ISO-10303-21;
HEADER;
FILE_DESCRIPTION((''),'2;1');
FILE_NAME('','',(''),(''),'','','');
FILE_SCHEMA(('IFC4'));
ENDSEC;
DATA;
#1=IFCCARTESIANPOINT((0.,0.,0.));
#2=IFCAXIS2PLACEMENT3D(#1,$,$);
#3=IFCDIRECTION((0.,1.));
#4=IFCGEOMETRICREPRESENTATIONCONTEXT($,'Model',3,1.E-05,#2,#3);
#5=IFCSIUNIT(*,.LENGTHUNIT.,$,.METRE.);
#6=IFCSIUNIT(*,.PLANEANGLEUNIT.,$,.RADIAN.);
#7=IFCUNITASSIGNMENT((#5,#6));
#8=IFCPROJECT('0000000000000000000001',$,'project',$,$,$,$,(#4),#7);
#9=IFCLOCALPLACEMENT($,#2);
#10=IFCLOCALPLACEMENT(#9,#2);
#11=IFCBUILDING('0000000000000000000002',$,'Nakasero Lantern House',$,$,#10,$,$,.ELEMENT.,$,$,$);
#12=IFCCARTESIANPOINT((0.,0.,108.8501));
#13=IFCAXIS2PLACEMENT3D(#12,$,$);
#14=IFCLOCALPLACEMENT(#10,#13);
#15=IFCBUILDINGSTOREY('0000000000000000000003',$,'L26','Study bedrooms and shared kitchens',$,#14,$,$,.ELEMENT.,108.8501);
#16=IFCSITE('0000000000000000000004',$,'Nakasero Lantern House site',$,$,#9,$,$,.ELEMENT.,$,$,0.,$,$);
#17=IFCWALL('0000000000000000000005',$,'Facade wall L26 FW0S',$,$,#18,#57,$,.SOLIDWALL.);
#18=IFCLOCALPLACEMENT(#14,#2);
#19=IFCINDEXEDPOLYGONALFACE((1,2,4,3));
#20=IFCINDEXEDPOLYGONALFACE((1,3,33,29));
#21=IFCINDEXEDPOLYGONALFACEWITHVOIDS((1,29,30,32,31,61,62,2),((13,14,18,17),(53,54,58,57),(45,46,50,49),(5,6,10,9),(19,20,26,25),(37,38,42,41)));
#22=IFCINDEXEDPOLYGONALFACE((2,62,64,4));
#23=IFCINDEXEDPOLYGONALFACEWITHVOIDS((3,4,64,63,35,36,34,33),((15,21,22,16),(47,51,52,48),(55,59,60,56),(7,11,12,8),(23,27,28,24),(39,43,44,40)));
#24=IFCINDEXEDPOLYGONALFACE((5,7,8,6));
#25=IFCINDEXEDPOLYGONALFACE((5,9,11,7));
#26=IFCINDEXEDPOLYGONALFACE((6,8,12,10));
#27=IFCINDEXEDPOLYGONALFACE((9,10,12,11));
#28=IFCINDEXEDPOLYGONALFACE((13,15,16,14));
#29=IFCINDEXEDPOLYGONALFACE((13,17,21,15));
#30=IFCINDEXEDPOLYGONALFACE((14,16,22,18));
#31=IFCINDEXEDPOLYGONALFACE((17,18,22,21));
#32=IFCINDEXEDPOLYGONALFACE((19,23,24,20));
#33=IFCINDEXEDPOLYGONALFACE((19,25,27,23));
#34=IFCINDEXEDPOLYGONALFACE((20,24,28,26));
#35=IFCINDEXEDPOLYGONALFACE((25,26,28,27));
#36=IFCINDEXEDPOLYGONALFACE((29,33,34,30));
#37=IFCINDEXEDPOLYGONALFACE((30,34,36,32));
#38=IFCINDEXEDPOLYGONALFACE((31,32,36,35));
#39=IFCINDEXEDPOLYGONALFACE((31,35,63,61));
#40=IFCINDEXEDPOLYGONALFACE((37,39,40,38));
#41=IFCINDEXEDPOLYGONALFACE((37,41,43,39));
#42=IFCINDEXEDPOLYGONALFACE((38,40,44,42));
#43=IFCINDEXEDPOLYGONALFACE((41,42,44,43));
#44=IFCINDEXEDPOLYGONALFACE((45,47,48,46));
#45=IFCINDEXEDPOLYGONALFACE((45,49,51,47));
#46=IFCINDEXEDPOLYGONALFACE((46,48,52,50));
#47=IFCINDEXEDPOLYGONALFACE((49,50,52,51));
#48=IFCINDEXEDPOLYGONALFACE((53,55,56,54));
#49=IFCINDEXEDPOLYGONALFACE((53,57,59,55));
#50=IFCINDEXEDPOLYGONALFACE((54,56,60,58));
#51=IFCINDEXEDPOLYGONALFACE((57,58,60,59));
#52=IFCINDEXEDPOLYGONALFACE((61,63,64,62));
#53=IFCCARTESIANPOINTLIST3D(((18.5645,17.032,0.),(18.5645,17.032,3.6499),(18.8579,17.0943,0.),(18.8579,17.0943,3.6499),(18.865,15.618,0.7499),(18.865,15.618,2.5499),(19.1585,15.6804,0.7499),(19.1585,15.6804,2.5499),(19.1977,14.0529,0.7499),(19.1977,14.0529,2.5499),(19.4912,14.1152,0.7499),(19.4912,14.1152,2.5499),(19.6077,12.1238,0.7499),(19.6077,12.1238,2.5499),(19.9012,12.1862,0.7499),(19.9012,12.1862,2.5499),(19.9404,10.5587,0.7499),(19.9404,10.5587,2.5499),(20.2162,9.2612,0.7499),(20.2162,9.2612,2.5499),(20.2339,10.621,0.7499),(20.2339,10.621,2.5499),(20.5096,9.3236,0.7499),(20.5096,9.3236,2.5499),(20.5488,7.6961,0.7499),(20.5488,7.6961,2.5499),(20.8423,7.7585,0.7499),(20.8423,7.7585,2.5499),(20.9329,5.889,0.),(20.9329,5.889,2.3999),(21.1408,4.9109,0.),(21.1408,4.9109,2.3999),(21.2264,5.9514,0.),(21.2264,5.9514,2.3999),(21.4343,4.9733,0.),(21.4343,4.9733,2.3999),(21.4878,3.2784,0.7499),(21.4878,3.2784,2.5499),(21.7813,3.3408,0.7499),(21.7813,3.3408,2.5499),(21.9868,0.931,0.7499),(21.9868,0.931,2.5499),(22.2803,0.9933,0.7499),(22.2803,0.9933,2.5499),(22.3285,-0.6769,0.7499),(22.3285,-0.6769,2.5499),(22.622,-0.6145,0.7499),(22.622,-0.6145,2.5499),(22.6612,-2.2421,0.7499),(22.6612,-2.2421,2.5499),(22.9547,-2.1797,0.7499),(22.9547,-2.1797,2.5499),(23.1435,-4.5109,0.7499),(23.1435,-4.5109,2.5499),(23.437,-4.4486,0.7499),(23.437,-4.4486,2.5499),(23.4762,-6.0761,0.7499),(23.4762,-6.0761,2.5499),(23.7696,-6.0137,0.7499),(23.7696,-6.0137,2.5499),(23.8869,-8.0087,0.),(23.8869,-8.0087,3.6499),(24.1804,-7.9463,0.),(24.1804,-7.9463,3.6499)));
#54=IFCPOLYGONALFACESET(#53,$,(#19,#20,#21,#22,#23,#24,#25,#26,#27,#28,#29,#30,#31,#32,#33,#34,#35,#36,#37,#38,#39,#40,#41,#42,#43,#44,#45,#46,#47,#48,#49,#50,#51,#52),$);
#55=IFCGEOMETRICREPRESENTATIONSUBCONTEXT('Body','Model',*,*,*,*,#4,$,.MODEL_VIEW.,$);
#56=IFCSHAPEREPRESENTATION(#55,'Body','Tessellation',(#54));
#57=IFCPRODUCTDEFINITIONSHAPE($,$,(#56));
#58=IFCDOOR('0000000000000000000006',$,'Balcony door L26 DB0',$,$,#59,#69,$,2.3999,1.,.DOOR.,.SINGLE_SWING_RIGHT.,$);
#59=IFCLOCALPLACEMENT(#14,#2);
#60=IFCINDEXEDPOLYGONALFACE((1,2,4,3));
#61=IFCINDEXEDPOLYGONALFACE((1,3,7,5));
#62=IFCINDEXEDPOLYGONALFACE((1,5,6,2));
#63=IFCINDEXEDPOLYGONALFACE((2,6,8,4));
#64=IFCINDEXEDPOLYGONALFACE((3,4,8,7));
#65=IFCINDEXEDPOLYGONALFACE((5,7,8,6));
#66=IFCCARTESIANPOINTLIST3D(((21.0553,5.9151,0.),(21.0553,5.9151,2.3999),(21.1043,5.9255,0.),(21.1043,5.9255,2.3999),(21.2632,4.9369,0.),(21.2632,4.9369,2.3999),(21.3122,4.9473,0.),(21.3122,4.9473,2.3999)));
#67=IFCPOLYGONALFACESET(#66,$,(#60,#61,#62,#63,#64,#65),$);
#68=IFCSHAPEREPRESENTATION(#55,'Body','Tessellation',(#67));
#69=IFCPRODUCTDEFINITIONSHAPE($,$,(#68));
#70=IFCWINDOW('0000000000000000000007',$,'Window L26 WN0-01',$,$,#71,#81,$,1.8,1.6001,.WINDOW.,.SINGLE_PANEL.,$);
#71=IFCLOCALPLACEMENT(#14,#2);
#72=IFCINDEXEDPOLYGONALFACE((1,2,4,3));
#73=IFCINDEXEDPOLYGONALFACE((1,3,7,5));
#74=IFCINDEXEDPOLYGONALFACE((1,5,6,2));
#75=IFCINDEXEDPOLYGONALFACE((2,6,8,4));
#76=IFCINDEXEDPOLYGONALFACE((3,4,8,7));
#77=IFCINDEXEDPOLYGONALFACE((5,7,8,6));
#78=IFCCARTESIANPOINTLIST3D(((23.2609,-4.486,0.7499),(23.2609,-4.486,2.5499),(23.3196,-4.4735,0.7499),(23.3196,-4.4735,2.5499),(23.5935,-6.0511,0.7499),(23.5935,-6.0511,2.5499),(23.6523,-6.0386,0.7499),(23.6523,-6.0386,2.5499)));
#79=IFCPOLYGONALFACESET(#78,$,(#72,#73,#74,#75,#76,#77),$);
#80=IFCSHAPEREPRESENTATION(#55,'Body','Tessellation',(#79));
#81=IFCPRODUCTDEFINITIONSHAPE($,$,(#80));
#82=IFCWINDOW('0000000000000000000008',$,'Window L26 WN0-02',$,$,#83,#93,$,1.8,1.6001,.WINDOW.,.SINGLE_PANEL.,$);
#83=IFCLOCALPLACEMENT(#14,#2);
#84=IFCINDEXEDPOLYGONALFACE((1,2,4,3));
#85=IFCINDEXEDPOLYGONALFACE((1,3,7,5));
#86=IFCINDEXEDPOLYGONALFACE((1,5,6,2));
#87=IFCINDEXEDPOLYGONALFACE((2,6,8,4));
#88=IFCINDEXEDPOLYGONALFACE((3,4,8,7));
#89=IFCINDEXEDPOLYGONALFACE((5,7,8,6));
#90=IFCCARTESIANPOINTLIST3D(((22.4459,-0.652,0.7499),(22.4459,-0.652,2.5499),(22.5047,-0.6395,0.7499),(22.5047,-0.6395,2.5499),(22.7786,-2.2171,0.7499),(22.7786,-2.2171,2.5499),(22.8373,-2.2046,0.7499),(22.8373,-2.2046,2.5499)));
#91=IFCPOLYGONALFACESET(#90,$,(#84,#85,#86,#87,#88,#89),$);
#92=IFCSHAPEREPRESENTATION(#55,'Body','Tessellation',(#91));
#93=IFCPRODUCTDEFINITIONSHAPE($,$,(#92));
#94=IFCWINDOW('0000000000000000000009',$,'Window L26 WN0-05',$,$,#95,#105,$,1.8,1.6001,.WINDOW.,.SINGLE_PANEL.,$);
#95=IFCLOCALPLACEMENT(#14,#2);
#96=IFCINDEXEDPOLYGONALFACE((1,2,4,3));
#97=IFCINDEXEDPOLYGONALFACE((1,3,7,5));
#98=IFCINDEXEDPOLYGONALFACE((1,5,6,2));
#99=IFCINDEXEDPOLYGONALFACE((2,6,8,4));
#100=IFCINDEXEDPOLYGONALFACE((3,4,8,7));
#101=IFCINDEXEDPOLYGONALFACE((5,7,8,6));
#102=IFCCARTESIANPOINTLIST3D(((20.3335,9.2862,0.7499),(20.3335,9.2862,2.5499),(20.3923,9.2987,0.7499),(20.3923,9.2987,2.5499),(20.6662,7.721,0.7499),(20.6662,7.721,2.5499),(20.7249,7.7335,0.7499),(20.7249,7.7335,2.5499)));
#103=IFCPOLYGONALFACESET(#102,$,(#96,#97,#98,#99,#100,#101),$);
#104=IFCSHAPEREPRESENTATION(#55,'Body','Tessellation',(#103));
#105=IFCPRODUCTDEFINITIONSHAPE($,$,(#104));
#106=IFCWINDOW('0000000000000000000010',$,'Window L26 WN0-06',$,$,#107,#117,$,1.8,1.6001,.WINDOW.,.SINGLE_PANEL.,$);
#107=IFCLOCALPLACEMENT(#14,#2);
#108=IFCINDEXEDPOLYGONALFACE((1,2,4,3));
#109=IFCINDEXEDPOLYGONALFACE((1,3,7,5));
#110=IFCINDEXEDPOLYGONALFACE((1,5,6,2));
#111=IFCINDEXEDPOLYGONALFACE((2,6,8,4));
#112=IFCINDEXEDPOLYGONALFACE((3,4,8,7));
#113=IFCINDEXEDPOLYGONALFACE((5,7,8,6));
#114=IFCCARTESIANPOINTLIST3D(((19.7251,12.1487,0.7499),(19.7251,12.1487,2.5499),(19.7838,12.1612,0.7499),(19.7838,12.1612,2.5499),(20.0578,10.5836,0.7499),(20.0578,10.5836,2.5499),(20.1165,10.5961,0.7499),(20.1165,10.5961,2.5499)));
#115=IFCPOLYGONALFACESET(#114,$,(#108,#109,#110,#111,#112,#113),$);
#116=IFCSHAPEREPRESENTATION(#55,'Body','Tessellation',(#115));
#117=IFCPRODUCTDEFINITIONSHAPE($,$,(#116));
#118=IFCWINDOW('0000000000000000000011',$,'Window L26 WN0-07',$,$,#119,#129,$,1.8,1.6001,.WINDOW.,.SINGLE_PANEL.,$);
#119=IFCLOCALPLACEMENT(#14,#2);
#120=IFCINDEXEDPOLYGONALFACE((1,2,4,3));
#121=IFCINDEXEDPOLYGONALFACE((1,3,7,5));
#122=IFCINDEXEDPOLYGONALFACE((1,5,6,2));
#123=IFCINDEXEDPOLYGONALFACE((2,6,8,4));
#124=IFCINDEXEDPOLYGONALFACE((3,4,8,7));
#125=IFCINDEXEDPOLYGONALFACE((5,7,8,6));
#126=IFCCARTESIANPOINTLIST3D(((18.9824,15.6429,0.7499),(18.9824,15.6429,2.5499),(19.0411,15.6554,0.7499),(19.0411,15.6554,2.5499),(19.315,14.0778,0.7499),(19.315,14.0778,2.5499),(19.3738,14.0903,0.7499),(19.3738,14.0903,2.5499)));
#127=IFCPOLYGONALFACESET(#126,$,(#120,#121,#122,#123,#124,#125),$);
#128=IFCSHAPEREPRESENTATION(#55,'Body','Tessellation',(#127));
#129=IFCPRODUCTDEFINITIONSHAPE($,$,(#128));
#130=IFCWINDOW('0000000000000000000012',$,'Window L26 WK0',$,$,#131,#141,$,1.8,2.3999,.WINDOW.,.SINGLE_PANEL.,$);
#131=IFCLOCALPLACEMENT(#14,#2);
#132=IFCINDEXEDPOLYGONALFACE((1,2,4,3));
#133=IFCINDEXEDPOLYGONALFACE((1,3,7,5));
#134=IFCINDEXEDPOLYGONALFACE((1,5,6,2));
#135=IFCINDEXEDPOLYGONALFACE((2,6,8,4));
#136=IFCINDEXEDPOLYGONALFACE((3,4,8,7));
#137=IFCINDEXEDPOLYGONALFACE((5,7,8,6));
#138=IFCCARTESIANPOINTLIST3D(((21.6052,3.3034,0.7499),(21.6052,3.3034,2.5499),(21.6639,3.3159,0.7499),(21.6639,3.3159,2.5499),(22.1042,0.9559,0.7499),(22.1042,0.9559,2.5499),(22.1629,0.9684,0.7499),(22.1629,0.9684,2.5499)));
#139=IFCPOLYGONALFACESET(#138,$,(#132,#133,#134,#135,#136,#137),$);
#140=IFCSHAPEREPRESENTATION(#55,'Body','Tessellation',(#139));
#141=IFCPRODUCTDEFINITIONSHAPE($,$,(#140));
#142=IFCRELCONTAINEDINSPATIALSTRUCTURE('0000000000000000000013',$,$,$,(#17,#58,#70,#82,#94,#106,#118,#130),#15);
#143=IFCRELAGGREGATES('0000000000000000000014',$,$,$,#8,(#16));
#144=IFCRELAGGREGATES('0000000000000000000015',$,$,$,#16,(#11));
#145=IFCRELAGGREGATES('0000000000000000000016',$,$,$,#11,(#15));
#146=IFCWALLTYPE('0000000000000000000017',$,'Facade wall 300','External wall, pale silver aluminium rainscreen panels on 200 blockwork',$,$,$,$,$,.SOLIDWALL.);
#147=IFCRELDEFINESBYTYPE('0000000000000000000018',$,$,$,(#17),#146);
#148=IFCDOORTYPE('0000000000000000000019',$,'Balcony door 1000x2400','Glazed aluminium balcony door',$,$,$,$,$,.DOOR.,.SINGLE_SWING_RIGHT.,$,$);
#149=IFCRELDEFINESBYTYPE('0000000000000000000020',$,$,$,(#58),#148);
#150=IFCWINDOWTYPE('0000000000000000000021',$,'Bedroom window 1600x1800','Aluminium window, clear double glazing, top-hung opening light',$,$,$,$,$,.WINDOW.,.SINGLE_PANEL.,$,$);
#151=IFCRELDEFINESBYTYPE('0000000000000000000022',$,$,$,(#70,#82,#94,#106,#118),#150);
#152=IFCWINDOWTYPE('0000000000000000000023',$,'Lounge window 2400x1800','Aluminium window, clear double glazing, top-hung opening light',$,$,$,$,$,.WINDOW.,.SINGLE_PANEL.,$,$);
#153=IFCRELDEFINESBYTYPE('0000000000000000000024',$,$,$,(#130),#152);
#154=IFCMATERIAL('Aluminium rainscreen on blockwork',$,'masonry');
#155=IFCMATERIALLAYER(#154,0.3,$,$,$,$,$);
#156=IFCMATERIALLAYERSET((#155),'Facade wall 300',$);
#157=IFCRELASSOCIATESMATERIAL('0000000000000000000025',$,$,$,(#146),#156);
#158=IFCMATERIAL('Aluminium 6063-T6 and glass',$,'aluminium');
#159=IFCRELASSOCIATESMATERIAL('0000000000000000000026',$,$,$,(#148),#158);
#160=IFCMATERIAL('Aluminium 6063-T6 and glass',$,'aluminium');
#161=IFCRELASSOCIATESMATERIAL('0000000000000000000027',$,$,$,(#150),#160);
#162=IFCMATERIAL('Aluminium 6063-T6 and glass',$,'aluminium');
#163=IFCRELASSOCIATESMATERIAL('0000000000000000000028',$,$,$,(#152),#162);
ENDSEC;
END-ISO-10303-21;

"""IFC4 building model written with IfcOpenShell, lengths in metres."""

from ifc_helpers import new_model, si_unit, direction, frame, frame_2d, origin, place, context, subcontext, project, spatial, rectangle, extrude, material, layer, layer_set, type_object, element, fill, save


model = new_model("IFC4")

# Units and contexts
model_context = context("Model", 3, precision=1e-05, world=origin(), true_north=direction((0.0, 1.0)))
body_context = subcontext(model_context, "Body", "Model", "MODEL_VIEW")
ifc_project = project(units=[si_unit("LENGTHUNIT", "METRE"), si_unit("PLANEANGLEUNIT", "RADIAN")], contexts=[model_context])

# Site, building, storey
site_placement = place(None, origin())
site = spatial("IfcSite", under=ifc_project, at=site_placement, Name="Nakasero Lantern House site", CompositionType="ELEMENT", RefElevation=0.0)
building_placement = place(site_placement, origin())
building = spatial("IfcBuilding", under=site, at=building_placement, Name="Nakasero Lantern House", CompositionType="ELEMENT")
storey_placement = place(building_placement, frame((0.0, 0.0, 108.8501)))
storey = spatial("IfcBuildingStorey", under=building, at=storey_placement, Name="L26", Description="Study bedrooms and shared kitchens", CompositionType="ELEMENT", Elevation=108.8501)

# Wall, openings, door, windows
ifc_material_1 = material(Name="Aluminium rainscreen on blockwork", Category="masonry")
ifc_layer_1 = layer(ifc_material_1, 0.3)
ifc_layer_set_1 = layer_set([ifc_layer_1], Name="Facade wall 300")
wall_type_1 = type_object("IfcWallType", Name="Facade wall 300", Description="External wall, pale silver aluminium rainscreen panels on 200 blockwork", PredefinedType="SOLIDWALL", material=ifc_layer_set_1)
wall_1_placement = place(storey_placement, frame((24.0337, -7.9775, 0.0), z_axis=(0.0, 0.0, 1.0), x_axis=(-0.207909, 0.978148, 0.0)))
wall_1 = element("IfcWall", 1, at=wall_1_placement, inside=storey, type_object=wall_type_1, Name="Facade wall L26 FW0S", PredefinedType="SOLIDWALL", context=body_context, shape_type="SweptSolid", body=[
    extrude(rectangle(XDim=25.6001, YDim=0.3, at=frame_2d((12.8, 0.0))), origin(), (0.0, 0.0, 1.0), 3.6499),
])
opening_1_placement = place(wall_1_placement, frame((1.9758, 0.0, 0.75)))
opening_1 = element("IfcOpeningElement", 2, at=opening_1_placement, cuts=wall_1, PredefinedType="OPENING", context=body_context, shape_type="SweptSolid", body=[
    extrude(rectangle(XDim=1.6001, YDim=1.8, at=frame_2d((0.8, 0.8999))), frame((0.0, 0.1699, 0.0), z_axis=(0.0, -1.0, 0.0), x_axis=(1.0, 0.0, 0.0)), (0.0, 0.0, 1.0), 0.3401),
])
opening_2_placement = place(wall_1_placement, frame((5.8955, 0.0, 0.75)))
opening_2 = element("IfcOpeningElement", 3, at=opening_2_placement, cuts=wall_1, PredefinedType="OPENING", context=body_context, shape_type="SweptSolid", body=[
    extrude(rectangle(XDim=1.6001, YDim=1.8, at=frame_2d((0.8, 0.8999))), frame((0.0, 0.1699, 0.0), z_axis=(0.0, -1.0, 0.0), x_axis=(1.0, 0.0, 0.0)), (0.0, 0.0, 1.0), 0.3401),
])
opening_3_placement = place(wall_1_placement, frame((16.0557, 0.0, 0.75)))
opening_3 = element("IfcOpeningElement", 4, at=opening_3_placement, cuts=wall_1, PredefinedType="OPENING", context=body_context, shape_type="SweptSolid", body=[
    extrude(rectangle(XDim=1.6001, YDim=1.8, at=frame_2d((0.8, 0.8999))), frame((0.0, 0.1699, 0.0), z_axis=(0.0, -1.0, 0.0), x_axis=(1.0, 0.0, 0.0)), (0.0, 0.0, 1.0), 0.3401),
])
opening_4_placement = place(wall_1_placement, frame((18.9822, 0.0, 0.75)))
opening_4 = element("IfcOpeningElement", 5, at=opening_4_placement, cuts=wall_1, PredefinedType="OPENING", context=body_context, shape_type="SweptSolid", body=[
    extrude(rectangle(XDim=1.6001, YDim=1.8, at=frame_2d((0.8, 0.8999))), frame((0.0, 0.1699, 0.0), z_axis=(0.0, -1.0, 0.0), x_axis=(1.0, 0.0, 0.0)), (0.0, 0.0, 1.0), 0.3401),
])
opening_5_placement = place(wall_1_placement, frame((22.5544, 0.0, 0.75)))
opening_5 = element("IfcOpeningElement", 6, at=opening_5_placement, cuts=wall_1, PredefinedType="OPENING", context=body_context, shape_type="SweptSolid", body=[
    extrude(rectangle(XDim=1.6001, YDim=1.8, at=frame_2d((0.8, 0.8999))), frame((0.0, 0.1699, 0.0), z_axis=(0.0, -1.0, 0.0), x_axis=(1.0, 0.0, 0.0)), (0.0, 0.0, 1.0), 0.3401),
])
opening_6_placement = place(wall_1_placement, frame((9.1394, 0.0, 0.75)))
opening_6 = element("IfcOpeningElement", 7, at=opening_6_placement, cuts=wall_1, PredefinedType="OPENING", context=body_context, shape_type="SweptSolid", body=[
    extrude(rectangle(XDim=2.3999, YDim=1.8, at=frame_2d((1.2, 0.8999))), frame((0.0, 0.1699, 0.0), z_axis=(0.0, -1.0, 0.0), x_axis=(1.0, 0.0, 0.0)), (0.0, 0.0, 1.0), 0.3401),
])
opening_7_placement = place(wall_1_placement, frame((13.2083, 0.0, 0.0)))
opening_7 = element("IfcOpeningElement", 8, at=opening_7_placement, cuts=wall_1, PredefinedType="OPENING", context=body_context, shape_type="SweptSolid", body=[
    extrude(rectangle(XDim=1.0, YDim=2.3999, at=frame_2d((0.5, 1.2))), frame((0.0, 0.1699, 0.0), z_axis=(0.0, -1.0, 0.0), x_axis=(1.0, 0.0, 0.0)), (0.0, 0.0, 1.0), 0.3401),
])
ifc_material_2 = material(Name="Aluminium 6063-T6 and glass", Category="aluminium")
door_type_1 = type_object("IfcDoorType", Name="Balcony door 1000x2400", Description="Glazed aluminium balcony door", OperationType="SINGLE_SWING_RIGHT", PredefinedType="DOOR", material=ifc_material_2)
door_1_placement = place(opening_7_placement, origin())
door_1 = element("IfcDoor", 9, at=door_1_placement, inside=storey, type_object=door_type_1, Name="Balcony door L26 DB0", OperationType="SINGLE_SWING_RIGHT", OverallHeight=2.3999, OverallWidth=1.0, PredefinedType="DOOR", context=body_context, shape_type="SweptSolid", body=[
    extrude(rectangle(XDim=1.0, YDim=2.3999, at=frame_2d((0.5, 1.2))), frame((0.0, 0.0249, 0.0), z_axis=(0.0, -1.0, 0.0), x_axis=(1.0, 0.0, 0.0)), (0.0, 0.0, 1.0), 0.05),
])
fill(opening_7, door_1)
ifc_material_3 = material(Name="Aluminium 6063-T6 and glass", Category="aluminium")
window_type_1 = type_object("IfcWindowType", Name="Bedroom window 1600x1800", Description="Aluminium window, clear double glazing, top-hung opening light", PartitioningType="SINGLE_PANEL", PredefinedType="WINDOW", material=ifc_material_3)
window_1_placement = place(opening_1_placement, origin())
window_1 = element("IfcWindow", 10, at=window_1_placement, inside=storey, type_object=window_type_1, Name="Window L26 WN0-01", OverallHeight=1.8, OverallWidth=1.6001, PartitioningType="SINGLE_PANEL", PredefinedType="WINDOW", context=body_context, shape_type="SweptSolid", body=[
    extrude(rectangle(XDim=1.6001, YDim=1.8, at=frame_2d((0.8, 0.8999))), frame((0.0, 0.03, 0.0), z_axis=(0.0, -1.0, 0.0), x_axis=(1.0, 0.0, 0.0)), (0.0, 0.0, 1.0), 0.0601),
])
fill(opening_1, window_1)
window_2_placement = place(opening_2_placement, origin())
window_2 = element("IfcWindow", 11, at=window_2_placement, inside=storey, type_object=window_type_1, Name="Window L26 WN0-02", OverallHeight=1.8, OverallWidth=1.6001, PartitioningType="SINGLE_PANEL", PredefinedType="WINDOW", context=body_context, shape_type="SweptSolid", body=[
    extrude(rectangle(XDim=1.6001, YDim=1.8, at=frame_2d((0.8, 0.8999))), frame((0.0, 0.03, 0.0), z_axis=(0.0, -1.0, 0.0), x_axis=(1.0, 0.0, 0.0)), (0.0, 0.0, 1.0), 0.0601),
])
fill(opening_2, window_2)
window_3_placement = place(opening_3_placement, origin())
window_3 = element("IfcWindow", 12, at=window_3_placement, inside=storey, type_object=window_type_1, Name="Window L26 WN0-05", OverallHeight=1.8, OverallWidth=1.6001, PartitioningType="SINGLE_PANEL", PredefinedType="WINDOW", context=body_context, shape_type="SweptSolid", body=[
    extrude(rectangle(XDim=1.6001, YDim=1.8, at=frame_2d((0.8, 0.8999))), frame((0.0, 0.03, 0.0), z_axis=(0.0, -1.0, 0.0), x_axis=(1.0, 0.0, 0.0)), (0.0, 0.0, 1.0), 0.0601),
])
fill(opening_3, window_3)
window_4_placement = place(opening_4_placement, origin())
window_4 = element("IfcWindow", 13, at=window_4_placement, inside=storey, type_object=window_type_1, Name="Window L26 WN0-06", OverallHeight=1.8, OverallWidth=1.6001, PartitioningType="SINGLE_PANEL", PredefinedType="WINDOW", context=body_context, shape_type="SweptSolid", body=[
    extrude(rectangle(XDim=1.6001, YDim=1.8, at=frame_2d((0.8, 0.8999))), frame((0.0, 0.03, 0.0), z_axis=(0.0, -1.0, 0.0), x_axis=(1.0, 0.0, 0.0)), (0.0, 0.0, 1.0), 0.0601),
])
fill(opening_4, window_4)
window_5_placement = place(opening_5_placement, origin())
window_5 = element("IfcWindow", 14, at=window_5_placement, inside=storey, type_object=window_type_1, Name="Window L26 WN0-07", OverallHeight=1.8, OverallWidth=1.6001, PartitioningType="SINGLE_PANEL", PredefinedType="WINDOW", context=body_context, shape_type="SweptSolid", body=[
    extrude(rectangle(XDim=1.6001, YDim=1.8, at=frame_2d((0.8, 0.8999))), frame((0.0, 0.03, 0.0), z_axis=(0.0, -1.0, 0.0), x_axis=(1.0, 0.0, 0.0)), (0.0, 0.0, 1.0), 0.0601),
])
fill(opening_5, window_5)
ifc_material_4 = material(Name="Aluminium 6063-T6 and glass", Category="aluminium")
window_type_2 = type_object("IfcWindowType", Name="Lounge window 2400x1800", Description="Aluminium window, clear double glazing, top-hung opening light", PartitioningType="SINGLE_PANEL", PredefinedType="WINDOW", material=ifc_material_4)
window_6_placement = place(opening_6_placement, origin())
window_6 = element("IfcWindow", 15, at=window_6_placement, inside=storey, type_object=window_type_2, Name="Window L26 WK0", OverallHeight=1.8, OverallWidth=2.3999, PartitioningType="SINGLE_PANEL", PredefinedType="WINDOW", context=body_context, shape_type="SweptSolid", body=[
    extrude(rectangle(XDim=2.3999, YDim=1.8, at=frame_2d((1.2, 0.8999))), frame((0.0, 0.03, 0.0), z_axis=(0.0, -1.0, 0.0), x_axis=(1.0, 0.0, 0.0)), (0.0, 0.0, 1.0), 0.0601),
])
fill(opening_6, window_6)

save(model, "model.ifc")
